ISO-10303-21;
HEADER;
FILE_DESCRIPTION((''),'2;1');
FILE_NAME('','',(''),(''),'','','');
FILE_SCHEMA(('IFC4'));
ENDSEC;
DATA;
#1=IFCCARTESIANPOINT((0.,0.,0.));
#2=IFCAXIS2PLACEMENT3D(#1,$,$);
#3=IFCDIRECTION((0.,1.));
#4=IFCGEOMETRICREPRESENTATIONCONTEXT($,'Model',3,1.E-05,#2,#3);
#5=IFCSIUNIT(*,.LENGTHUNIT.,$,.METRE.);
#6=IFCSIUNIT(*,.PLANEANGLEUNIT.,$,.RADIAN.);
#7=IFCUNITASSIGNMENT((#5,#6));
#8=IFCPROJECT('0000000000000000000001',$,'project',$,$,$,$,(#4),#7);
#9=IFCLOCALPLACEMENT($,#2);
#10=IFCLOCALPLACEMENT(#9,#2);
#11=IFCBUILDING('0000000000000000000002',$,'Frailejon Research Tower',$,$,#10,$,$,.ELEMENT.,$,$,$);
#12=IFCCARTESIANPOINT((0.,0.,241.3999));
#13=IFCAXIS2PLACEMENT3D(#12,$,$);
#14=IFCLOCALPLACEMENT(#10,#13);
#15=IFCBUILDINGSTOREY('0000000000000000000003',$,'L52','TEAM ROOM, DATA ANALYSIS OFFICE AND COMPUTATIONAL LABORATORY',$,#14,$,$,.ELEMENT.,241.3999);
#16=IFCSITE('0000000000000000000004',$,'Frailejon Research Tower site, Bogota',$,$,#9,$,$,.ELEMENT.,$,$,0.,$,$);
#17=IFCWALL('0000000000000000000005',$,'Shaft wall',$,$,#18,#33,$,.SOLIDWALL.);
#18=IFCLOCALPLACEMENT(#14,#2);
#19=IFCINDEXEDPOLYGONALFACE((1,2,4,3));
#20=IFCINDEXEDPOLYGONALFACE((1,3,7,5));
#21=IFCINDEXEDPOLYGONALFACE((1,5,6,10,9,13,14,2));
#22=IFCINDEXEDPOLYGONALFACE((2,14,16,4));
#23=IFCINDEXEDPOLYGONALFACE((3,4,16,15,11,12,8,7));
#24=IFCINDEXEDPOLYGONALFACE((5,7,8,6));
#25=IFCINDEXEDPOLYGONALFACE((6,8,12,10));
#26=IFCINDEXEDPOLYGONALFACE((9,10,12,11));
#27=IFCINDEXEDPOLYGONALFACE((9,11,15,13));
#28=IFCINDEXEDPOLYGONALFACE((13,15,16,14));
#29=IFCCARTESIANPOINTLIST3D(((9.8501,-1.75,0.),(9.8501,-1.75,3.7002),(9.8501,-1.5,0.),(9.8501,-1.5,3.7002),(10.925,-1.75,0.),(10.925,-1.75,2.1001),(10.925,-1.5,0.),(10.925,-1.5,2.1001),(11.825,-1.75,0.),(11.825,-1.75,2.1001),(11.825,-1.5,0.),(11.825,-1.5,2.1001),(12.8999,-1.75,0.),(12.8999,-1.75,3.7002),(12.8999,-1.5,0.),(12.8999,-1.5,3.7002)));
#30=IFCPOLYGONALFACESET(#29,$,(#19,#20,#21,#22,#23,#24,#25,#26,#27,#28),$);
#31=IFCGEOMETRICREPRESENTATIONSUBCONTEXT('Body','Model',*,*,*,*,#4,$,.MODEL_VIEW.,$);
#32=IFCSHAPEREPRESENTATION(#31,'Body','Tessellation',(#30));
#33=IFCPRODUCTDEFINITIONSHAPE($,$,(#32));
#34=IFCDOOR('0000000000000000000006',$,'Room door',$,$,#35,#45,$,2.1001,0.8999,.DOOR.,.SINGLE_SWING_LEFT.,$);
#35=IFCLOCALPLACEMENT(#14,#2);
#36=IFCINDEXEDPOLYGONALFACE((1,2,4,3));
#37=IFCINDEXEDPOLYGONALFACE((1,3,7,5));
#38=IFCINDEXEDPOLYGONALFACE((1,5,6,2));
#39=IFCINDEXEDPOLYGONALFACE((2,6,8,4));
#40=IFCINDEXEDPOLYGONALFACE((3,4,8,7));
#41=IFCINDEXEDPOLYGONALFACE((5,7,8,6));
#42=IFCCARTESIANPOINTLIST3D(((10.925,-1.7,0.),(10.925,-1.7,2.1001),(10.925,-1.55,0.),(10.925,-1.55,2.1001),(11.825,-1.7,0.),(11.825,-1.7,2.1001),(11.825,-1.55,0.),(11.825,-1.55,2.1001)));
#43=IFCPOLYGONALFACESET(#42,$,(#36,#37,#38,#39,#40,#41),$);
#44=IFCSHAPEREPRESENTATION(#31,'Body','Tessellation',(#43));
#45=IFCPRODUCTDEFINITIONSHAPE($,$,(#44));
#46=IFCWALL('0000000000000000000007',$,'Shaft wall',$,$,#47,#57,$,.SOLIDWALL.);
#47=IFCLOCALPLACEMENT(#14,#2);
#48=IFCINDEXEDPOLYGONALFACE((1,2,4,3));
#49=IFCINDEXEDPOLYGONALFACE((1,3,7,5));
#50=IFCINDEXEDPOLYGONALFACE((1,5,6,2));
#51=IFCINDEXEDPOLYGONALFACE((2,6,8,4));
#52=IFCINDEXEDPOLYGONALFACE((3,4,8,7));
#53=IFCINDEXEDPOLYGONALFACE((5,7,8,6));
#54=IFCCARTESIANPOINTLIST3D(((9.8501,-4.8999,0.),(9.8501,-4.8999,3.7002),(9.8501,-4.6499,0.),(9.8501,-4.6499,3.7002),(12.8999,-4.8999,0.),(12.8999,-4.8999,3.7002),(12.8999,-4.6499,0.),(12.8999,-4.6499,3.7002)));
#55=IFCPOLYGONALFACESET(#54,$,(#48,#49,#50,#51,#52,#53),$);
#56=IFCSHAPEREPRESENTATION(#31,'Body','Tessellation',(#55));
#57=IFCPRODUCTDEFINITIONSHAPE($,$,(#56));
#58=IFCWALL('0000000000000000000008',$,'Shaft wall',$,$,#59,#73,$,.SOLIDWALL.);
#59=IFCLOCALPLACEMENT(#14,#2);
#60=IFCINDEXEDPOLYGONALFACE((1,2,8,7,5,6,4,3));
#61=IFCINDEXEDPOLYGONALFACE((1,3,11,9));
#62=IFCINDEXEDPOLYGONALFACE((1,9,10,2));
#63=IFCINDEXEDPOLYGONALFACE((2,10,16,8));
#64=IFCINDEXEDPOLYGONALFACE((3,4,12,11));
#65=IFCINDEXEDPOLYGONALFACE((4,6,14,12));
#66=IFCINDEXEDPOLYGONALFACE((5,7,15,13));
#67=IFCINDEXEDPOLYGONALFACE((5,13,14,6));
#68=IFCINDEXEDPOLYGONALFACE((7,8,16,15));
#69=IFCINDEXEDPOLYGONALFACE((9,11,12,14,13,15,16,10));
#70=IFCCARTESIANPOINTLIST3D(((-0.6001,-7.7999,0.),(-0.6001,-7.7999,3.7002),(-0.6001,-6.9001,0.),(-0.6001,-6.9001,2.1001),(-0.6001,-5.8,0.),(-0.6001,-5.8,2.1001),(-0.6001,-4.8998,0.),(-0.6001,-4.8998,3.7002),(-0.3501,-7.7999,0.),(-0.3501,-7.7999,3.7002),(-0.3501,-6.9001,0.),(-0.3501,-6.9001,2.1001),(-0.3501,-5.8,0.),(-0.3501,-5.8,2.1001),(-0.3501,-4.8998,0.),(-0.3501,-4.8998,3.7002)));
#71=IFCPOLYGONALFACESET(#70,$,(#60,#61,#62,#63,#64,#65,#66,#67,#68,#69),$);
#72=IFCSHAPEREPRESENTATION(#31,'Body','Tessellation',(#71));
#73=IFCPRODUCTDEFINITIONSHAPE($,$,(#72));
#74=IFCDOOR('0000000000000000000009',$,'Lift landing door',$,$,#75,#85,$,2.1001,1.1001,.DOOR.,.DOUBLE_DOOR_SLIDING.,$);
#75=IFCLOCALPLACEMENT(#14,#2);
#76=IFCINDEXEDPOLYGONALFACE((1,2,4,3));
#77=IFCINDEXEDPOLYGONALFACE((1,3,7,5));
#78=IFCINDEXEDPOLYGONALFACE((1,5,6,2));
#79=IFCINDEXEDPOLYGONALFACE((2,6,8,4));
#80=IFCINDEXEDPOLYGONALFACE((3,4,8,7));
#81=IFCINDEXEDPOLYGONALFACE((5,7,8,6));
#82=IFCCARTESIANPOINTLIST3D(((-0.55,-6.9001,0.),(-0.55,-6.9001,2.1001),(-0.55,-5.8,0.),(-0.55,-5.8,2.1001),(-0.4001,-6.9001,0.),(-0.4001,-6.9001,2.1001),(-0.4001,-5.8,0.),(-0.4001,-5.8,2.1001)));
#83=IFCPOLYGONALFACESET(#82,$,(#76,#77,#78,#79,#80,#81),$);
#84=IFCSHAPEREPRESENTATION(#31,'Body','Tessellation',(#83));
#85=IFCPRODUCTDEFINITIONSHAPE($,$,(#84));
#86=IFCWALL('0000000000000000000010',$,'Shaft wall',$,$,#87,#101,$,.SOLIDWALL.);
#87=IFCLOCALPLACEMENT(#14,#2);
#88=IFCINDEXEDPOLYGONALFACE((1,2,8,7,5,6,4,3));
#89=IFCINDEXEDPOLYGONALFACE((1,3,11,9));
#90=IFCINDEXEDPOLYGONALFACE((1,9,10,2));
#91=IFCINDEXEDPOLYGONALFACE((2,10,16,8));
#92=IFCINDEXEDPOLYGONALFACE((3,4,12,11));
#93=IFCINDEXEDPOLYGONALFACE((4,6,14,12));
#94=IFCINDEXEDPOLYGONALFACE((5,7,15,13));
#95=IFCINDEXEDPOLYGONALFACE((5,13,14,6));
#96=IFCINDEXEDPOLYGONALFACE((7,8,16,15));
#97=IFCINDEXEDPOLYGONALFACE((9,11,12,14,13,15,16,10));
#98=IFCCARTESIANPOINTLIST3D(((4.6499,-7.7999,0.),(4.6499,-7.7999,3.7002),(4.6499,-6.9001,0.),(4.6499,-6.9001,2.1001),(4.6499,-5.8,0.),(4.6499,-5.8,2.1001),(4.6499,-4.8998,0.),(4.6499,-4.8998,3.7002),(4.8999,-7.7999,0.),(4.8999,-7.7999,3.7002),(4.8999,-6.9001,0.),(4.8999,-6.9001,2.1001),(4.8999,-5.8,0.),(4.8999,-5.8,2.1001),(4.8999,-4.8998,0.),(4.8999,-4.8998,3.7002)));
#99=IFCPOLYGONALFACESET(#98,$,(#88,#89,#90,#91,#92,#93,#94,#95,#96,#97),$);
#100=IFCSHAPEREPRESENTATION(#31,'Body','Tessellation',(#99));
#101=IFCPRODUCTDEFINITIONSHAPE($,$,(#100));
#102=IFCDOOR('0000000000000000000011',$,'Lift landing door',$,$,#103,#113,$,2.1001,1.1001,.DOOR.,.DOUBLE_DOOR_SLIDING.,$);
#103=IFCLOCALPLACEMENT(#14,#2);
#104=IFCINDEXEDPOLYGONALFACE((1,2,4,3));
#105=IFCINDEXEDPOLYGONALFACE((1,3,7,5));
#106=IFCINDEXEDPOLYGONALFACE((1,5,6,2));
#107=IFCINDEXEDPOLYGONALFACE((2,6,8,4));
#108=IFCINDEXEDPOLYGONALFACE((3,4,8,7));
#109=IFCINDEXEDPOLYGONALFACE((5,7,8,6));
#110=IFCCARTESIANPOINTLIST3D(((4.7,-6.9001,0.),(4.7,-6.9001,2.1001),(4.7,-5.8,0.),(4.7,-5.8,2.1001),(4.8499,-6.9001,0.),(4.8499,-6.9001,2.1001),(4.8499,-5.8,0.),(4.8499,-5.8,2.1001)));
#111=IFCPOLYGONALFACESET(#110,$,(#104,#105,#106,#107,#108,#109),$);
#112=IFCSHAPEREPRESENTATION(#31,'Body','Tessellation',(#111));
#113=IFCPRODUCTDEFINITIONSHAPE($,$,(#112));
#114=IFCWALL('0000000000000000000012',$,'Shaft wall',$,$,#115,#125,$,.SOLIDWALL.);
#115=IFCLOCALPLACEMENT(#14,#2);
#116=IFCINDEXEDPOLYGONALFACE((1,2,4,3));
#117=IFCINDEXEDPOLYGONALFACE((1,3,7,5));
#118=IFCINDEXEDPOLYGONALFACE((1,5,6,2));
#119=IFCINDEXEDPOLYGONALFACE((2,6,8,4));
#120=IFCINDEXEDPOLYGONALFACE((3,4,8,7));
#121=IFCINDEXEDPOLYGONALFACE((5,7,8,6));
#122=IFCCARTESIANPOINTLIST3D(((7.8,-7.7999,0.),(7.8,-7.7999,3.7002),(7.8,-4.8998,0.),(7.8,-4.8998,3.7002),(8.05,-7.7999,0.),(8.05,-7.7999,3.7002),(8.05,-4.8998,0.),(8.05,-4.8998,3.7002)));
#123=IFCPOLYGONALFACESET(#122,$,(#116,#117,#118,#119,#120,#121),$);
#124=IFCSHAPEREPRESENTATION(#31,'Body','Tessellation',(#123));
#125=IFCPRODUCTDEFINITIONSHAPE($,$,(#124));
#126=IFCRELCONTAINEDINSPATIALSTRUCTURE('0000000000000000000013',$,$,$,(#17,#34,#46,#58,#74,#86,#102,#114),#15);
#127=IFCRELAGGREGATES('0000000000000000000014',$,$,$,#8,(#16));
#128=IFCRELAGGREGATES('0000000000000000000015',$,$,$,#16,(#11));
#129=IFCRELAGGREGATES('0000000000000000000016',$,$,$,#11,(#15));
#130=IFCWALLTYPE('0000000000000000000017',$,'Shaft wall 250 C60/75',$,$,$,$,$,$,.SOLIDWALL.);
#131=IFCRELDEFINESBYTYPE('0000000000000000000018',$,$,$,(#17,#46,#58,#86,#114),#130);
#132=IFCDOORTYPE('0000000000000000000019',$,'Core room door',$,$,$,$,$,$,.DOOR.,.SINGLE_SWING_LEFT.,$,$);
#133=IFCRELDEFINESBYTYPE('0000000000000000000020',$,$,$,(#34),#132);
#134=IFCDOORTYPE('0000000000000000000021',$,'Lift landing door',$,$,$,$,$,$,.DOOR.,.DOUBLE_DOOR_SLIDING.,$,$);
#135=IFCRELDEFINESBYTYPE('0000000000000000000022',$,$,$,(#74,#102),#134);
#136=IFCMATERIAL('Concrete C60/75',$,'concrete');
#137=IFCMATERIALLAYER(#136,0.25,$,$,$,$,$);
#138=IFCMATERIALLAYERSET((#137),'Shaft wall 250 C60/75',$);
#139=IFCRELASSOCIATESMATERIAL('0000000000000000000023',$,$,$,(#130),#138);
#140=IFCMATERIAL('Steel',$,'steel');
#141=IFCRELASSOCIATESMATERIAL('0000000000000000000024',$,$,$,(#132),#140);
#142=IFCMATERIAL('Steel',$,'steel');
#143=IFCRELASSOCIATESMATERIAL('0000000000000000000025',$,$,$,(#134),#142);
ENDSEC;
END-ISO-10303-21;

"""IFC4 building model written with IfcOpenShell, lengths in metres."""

from ifc_helpers import new_model, si_unit, direction, frame, frame_2d, origin, place, context, subcontext, project, spatial, rectangle, extrude, material, layer, layer_set, type_object, element, fill, save


model = new_model("IFC4")

# Units and contexts
model_context = context("Model", 3, precision=1e-05, world=origin(), true_north=direction((0.0, 1.0)))
body_context = subcontext(model_context, "Body", "Model", "MODEL_VIEW")
ifc_project = project(units=[si_unit("LENGTHUNIT", "METRE"), si_unit("PLANEANGLEUNIT", "RADIAN")], contexts=[model_context])

# Site, building, storey
site_placement = place(None, origin())
site = spatial("IfcSite", under=ifc_project, at=site_placement, Name="Frailejon Research Tower site, Bogota", CompositionType="ELEMENT", RefElevation=0.0)
building_placement = place(site_placement, origin())
building = spatial("IfcBuilding", under=site, at=building_placement, Name="Frailejon Research Tower", CompositionType="ELEMENT")
storey_placement = place(building_placement, frame((0.0, 0.0, 241.3999)))
storey = spatial("IfcBuildingStorey", under=building, at=storey_placement, Name="L52", Description="TEAM ROOM, DATA ANALYSIS OFFICE AND COMPUTATIONAL LABORATORY", CompositionType="ELEMENT", Elevation=241.3999)

# Wall, opening, door
ifc_material_1 = material(Name="Concrete C60/75", Category="concrete")
ifc_layer_1 = layer(ifc_material_1, 0.25)
ifc_layer_set_1 = layer_set([ifc_layer_1], Name="Shaft wall 250 C60/75")
wall_type_1 = type_object("IfcWallType", Name="Shaft wall 250 C60/75", PredefinedType="SOLIDWALL", material=ifc_layer_set_1)
wall_1_placement = place(storey_placement, frame((9.8501, -1.625, 0.0), z_axis=(0.0, 0.0, 1.0), x_axis=(1.0, 0.0, 0.0)))
wall_1 = element("IfcWall", 1, at=wall_1_placement, inside=storey, type_object=wall_type_1, Name="Shaft wall", PredefinedType="SOLIDWALL", context=body_context, shape_type="SweptSolid", body=[
    extrude(rectangle(XDim=3.0498, YDim=0.25, at=frame_2d((1.5249, 0.0))), origin(), (0.0, 0.0, 1.0), 3.7002),
])
opening_1_placement = place(wall_1_placement, frame((1.075, 0.0, 0.0)))
opening_1 = element("IfcOpeningElement", 2, at=opening_1_placement, cuts=wall_1, PredefinedType="OPENING", context=body_context, shape_type="SweptSolid", body=[
    extrude(rectangle(XDim=0.8999, YDim=2.1001, at=frame_2d((0.45, 1.05))), frame((0.0, 0.135, 0.0), z_axis=(0.0, -1.0, 0.0), x_axis=(1.0, 0.0, 0.0)), (0.0, 0.0, 1.0), 0.27),
])
ifc_material_2 = material(Name="Steel", Category="steel")
door_type_1 = type_object("IfcDoorType", Name="Core room door", OperationType="SINGLE_SWING_LEFT", PredefinedType="DOOR", material=ifc_material_2)
door_1_placement = place(opening_1_placement, origin())
door_1 = element("IfcDoor", 3, at=door_1_placement, inside=storey, type_object=door_type_1, Name="Room door", OperationType="SINGLE_SWING_LEFT", OverallHeight=2.1001, OverallWidth=0.8999, PredefinedType="DOOR", context=body_context, shape_type="SweptSolid", body=[
    extrude(rectangle(XDim=0.8999, YDim=2.1001, at=frame_2d((0.45, 1.05))), frame((0.0, 0.075, 0.0), z_axis=(0.0, -1.0, 0.0), x_axis=(1.0, 0.0, 0.0)), (0.0, 0.0, 1.0), 0.1499),
])
fill(opening_1, door_1)

# Wall
wall_2_placement = place(storey_placement, frame((9.8501, -4.7749, 0.0), z_axis=(0.0, 0.0, 1.0), x_axis=(1.0, 0.0, 0.0)))
element("IfcWall", 4, at=wall_2_placement, inside=storey, type_object=wall_type_1, Name="Shaft wall", PredefinedType="SOLIDWALL", context=body_context, shape_type="SweptSolid", body=[
    extrude(rectangle(XDim=3.0498, YDim=0.25, at=frame_2d((1.5249, 0.0))), origin(), (0.0, 0.0, 1.0), 3.7002),
])

# Walls, openings, doors
wall_3_placement = place(storey_placement, frame((-0.4751, -7.8, 0.0), z_axis=(0.0, 0.0, 1.0), x_axis=(0.0, 1.0, 0.0)))
wall_3 = element("IfcWall", 5, at=wall_3_placement, inside=storey, type_object=wall_type_1, Name="Shaft wall", PredefinedType="SOLIDWALL", context=body_context, shape_type="SweptSolid", body=[
    extrude(rectangle(XDim=2.9001, YDim=0.25, at=frame_2d((1.4502, 0.0))), origin(), (0.0, 0.0, 1.0), 3.7002),
])
opening_2_placement = place(wall_3_placement, frame((0.8999, 0.0, 0.0)))
opening_2 = element("IfcOpeningElement", 6, at=opening_2_placement, cuts=wall_3, PredefinedType="OPENING", context=body_context, shape_type="SweptSolid", body=[
    extrude(rectangle(XDim=1.1001, YDim=2.1001, at=frame_2d((0.55, 1.05))), frame((0.0, 0.135, 0.0), z_axis=(0.0, -1.0, 0.0), x_axis=(1.0, 0.0, 0.0)), (0.0, 0.0, 1.0), 0.27),
])
ifc_material_3 = material(Name="Steel", Category="steel")
door_type_2 = type_object("IfcDoorType", Name="Lift landing door", OperationType="DOUBLE_DOOR_SLIDING", PredefinedType="DOOR", material=ifc_material_3)
door_2_placement = place(opening_2_placement, origin())
door_2 = element("IfcDoor", 7, at=door_2_placement, inside=storey, type_object=door_type_2, Name="Lift landing door", OperationType="DOUBLE_DOOR_SLIDING", OverallHeight=2.1001, OverallWidth=1.1001, PredefinedType="DOOR", context=body_context, shape_type="SweptSolid", body=[
    extrude(rectangle(XDim=1.1001, YDim=2.1001, at=frame_2d((0.55, 1.05))), frame((0.0, 0.075, 0.0), z_axis=(0.0, -1.0, 0.0), x_axis=(1.0, 0.0, 0.0)), (0.0, 0.0, 1.0), 0.1499),
])
fill(opening_2, door_2)
wall_4_placement = place(storey_placement, frame((4.7749, -7.8, 0.0), z_axis=(0.0, 0.0, 1.0), x_axis=(0.0, 1.0, 0.0)))
wall_4 = element("IfcWall", 8, at=wall_4_placement, inside=storey, type_object=wall_type_1, Name="Shaft wall", PredefinedType="SOLIDWALL", context=body_context, shape_type="SweptSolid", body=[
    extrude(rectangle(XDim=2.9001, YDim=0.25, at=frame_2d((1.4502, 0.0))), origin(), (0.0, 0.0, 1.0), 3.7002),
])
opening_3_placement = place(wall_4_placement, frame((0.8999, 0.0, 0.0)))
opening_3 = element("IfcOpeningElement", 9, at=opening_3_placement, cuts=wall_4, PredefinedType="OPENING", context=body_context, shape_type="SweptSolid", body=[
    extrude(rectangle(XDim=1.1001, YDim=2.1001, at=frame_2d((0.55, 1.05))), frame((0.0, 0.135, 0.0), z_axis=(0.0, -1.0, 0.0), x_axis=(1.0, 0.0, 0.0)), (0.0, 0.0, 1.0), 0.27),
])
door_3_placement = place(opening_3_placement, origin())
door_3 = element("IfcDoor", 10, at=door_3_placement, inside=storey, type_object=door_type_2, Name="Lift landing door", OperationType="DOUBLE_DOOR_SLIDING", OverallHeight=2.1001, OverallWidth=1.1001, PredefinedType="DOOR", context=body_context, shape_type="SweptSolid", body=[
    extrude(rectangle(XDim=1.1001, YDim=2.1001, at=frame_2d((0.55, 1.05))), frame((0.0, 0.075, 0.0), z_axis=(0.0, -1.0, 0.0), x_axis=(1.0, 0.0, 0.0)), (0.0, 0.0, 1.0), 0.1499),
])
fill(opening_3, door_3)

# Wall
wall_5_placement = place(storey_placement, frame((7.925, -7.8, 0.0), z_axis=(0.0, 0.0, 1.0), x_axis=(0.0, 1.0, 0.0)))
element("IfcWall", 11, at=wall_5_placement, inside=storey, type_object=wall_type_1, Name="Shaft wall", PredefinedType="SOLIDWALL", context=body_context, shape_type="SweptSolid", body=[
    extrude(rectangle(XDim=2.9001, YDim=0.25, at=frame_2d((1.4502, 0.0))), origin(), (0.0, 0.0, 1.0), 3.7002),
])

save(model, "model.ifc")
